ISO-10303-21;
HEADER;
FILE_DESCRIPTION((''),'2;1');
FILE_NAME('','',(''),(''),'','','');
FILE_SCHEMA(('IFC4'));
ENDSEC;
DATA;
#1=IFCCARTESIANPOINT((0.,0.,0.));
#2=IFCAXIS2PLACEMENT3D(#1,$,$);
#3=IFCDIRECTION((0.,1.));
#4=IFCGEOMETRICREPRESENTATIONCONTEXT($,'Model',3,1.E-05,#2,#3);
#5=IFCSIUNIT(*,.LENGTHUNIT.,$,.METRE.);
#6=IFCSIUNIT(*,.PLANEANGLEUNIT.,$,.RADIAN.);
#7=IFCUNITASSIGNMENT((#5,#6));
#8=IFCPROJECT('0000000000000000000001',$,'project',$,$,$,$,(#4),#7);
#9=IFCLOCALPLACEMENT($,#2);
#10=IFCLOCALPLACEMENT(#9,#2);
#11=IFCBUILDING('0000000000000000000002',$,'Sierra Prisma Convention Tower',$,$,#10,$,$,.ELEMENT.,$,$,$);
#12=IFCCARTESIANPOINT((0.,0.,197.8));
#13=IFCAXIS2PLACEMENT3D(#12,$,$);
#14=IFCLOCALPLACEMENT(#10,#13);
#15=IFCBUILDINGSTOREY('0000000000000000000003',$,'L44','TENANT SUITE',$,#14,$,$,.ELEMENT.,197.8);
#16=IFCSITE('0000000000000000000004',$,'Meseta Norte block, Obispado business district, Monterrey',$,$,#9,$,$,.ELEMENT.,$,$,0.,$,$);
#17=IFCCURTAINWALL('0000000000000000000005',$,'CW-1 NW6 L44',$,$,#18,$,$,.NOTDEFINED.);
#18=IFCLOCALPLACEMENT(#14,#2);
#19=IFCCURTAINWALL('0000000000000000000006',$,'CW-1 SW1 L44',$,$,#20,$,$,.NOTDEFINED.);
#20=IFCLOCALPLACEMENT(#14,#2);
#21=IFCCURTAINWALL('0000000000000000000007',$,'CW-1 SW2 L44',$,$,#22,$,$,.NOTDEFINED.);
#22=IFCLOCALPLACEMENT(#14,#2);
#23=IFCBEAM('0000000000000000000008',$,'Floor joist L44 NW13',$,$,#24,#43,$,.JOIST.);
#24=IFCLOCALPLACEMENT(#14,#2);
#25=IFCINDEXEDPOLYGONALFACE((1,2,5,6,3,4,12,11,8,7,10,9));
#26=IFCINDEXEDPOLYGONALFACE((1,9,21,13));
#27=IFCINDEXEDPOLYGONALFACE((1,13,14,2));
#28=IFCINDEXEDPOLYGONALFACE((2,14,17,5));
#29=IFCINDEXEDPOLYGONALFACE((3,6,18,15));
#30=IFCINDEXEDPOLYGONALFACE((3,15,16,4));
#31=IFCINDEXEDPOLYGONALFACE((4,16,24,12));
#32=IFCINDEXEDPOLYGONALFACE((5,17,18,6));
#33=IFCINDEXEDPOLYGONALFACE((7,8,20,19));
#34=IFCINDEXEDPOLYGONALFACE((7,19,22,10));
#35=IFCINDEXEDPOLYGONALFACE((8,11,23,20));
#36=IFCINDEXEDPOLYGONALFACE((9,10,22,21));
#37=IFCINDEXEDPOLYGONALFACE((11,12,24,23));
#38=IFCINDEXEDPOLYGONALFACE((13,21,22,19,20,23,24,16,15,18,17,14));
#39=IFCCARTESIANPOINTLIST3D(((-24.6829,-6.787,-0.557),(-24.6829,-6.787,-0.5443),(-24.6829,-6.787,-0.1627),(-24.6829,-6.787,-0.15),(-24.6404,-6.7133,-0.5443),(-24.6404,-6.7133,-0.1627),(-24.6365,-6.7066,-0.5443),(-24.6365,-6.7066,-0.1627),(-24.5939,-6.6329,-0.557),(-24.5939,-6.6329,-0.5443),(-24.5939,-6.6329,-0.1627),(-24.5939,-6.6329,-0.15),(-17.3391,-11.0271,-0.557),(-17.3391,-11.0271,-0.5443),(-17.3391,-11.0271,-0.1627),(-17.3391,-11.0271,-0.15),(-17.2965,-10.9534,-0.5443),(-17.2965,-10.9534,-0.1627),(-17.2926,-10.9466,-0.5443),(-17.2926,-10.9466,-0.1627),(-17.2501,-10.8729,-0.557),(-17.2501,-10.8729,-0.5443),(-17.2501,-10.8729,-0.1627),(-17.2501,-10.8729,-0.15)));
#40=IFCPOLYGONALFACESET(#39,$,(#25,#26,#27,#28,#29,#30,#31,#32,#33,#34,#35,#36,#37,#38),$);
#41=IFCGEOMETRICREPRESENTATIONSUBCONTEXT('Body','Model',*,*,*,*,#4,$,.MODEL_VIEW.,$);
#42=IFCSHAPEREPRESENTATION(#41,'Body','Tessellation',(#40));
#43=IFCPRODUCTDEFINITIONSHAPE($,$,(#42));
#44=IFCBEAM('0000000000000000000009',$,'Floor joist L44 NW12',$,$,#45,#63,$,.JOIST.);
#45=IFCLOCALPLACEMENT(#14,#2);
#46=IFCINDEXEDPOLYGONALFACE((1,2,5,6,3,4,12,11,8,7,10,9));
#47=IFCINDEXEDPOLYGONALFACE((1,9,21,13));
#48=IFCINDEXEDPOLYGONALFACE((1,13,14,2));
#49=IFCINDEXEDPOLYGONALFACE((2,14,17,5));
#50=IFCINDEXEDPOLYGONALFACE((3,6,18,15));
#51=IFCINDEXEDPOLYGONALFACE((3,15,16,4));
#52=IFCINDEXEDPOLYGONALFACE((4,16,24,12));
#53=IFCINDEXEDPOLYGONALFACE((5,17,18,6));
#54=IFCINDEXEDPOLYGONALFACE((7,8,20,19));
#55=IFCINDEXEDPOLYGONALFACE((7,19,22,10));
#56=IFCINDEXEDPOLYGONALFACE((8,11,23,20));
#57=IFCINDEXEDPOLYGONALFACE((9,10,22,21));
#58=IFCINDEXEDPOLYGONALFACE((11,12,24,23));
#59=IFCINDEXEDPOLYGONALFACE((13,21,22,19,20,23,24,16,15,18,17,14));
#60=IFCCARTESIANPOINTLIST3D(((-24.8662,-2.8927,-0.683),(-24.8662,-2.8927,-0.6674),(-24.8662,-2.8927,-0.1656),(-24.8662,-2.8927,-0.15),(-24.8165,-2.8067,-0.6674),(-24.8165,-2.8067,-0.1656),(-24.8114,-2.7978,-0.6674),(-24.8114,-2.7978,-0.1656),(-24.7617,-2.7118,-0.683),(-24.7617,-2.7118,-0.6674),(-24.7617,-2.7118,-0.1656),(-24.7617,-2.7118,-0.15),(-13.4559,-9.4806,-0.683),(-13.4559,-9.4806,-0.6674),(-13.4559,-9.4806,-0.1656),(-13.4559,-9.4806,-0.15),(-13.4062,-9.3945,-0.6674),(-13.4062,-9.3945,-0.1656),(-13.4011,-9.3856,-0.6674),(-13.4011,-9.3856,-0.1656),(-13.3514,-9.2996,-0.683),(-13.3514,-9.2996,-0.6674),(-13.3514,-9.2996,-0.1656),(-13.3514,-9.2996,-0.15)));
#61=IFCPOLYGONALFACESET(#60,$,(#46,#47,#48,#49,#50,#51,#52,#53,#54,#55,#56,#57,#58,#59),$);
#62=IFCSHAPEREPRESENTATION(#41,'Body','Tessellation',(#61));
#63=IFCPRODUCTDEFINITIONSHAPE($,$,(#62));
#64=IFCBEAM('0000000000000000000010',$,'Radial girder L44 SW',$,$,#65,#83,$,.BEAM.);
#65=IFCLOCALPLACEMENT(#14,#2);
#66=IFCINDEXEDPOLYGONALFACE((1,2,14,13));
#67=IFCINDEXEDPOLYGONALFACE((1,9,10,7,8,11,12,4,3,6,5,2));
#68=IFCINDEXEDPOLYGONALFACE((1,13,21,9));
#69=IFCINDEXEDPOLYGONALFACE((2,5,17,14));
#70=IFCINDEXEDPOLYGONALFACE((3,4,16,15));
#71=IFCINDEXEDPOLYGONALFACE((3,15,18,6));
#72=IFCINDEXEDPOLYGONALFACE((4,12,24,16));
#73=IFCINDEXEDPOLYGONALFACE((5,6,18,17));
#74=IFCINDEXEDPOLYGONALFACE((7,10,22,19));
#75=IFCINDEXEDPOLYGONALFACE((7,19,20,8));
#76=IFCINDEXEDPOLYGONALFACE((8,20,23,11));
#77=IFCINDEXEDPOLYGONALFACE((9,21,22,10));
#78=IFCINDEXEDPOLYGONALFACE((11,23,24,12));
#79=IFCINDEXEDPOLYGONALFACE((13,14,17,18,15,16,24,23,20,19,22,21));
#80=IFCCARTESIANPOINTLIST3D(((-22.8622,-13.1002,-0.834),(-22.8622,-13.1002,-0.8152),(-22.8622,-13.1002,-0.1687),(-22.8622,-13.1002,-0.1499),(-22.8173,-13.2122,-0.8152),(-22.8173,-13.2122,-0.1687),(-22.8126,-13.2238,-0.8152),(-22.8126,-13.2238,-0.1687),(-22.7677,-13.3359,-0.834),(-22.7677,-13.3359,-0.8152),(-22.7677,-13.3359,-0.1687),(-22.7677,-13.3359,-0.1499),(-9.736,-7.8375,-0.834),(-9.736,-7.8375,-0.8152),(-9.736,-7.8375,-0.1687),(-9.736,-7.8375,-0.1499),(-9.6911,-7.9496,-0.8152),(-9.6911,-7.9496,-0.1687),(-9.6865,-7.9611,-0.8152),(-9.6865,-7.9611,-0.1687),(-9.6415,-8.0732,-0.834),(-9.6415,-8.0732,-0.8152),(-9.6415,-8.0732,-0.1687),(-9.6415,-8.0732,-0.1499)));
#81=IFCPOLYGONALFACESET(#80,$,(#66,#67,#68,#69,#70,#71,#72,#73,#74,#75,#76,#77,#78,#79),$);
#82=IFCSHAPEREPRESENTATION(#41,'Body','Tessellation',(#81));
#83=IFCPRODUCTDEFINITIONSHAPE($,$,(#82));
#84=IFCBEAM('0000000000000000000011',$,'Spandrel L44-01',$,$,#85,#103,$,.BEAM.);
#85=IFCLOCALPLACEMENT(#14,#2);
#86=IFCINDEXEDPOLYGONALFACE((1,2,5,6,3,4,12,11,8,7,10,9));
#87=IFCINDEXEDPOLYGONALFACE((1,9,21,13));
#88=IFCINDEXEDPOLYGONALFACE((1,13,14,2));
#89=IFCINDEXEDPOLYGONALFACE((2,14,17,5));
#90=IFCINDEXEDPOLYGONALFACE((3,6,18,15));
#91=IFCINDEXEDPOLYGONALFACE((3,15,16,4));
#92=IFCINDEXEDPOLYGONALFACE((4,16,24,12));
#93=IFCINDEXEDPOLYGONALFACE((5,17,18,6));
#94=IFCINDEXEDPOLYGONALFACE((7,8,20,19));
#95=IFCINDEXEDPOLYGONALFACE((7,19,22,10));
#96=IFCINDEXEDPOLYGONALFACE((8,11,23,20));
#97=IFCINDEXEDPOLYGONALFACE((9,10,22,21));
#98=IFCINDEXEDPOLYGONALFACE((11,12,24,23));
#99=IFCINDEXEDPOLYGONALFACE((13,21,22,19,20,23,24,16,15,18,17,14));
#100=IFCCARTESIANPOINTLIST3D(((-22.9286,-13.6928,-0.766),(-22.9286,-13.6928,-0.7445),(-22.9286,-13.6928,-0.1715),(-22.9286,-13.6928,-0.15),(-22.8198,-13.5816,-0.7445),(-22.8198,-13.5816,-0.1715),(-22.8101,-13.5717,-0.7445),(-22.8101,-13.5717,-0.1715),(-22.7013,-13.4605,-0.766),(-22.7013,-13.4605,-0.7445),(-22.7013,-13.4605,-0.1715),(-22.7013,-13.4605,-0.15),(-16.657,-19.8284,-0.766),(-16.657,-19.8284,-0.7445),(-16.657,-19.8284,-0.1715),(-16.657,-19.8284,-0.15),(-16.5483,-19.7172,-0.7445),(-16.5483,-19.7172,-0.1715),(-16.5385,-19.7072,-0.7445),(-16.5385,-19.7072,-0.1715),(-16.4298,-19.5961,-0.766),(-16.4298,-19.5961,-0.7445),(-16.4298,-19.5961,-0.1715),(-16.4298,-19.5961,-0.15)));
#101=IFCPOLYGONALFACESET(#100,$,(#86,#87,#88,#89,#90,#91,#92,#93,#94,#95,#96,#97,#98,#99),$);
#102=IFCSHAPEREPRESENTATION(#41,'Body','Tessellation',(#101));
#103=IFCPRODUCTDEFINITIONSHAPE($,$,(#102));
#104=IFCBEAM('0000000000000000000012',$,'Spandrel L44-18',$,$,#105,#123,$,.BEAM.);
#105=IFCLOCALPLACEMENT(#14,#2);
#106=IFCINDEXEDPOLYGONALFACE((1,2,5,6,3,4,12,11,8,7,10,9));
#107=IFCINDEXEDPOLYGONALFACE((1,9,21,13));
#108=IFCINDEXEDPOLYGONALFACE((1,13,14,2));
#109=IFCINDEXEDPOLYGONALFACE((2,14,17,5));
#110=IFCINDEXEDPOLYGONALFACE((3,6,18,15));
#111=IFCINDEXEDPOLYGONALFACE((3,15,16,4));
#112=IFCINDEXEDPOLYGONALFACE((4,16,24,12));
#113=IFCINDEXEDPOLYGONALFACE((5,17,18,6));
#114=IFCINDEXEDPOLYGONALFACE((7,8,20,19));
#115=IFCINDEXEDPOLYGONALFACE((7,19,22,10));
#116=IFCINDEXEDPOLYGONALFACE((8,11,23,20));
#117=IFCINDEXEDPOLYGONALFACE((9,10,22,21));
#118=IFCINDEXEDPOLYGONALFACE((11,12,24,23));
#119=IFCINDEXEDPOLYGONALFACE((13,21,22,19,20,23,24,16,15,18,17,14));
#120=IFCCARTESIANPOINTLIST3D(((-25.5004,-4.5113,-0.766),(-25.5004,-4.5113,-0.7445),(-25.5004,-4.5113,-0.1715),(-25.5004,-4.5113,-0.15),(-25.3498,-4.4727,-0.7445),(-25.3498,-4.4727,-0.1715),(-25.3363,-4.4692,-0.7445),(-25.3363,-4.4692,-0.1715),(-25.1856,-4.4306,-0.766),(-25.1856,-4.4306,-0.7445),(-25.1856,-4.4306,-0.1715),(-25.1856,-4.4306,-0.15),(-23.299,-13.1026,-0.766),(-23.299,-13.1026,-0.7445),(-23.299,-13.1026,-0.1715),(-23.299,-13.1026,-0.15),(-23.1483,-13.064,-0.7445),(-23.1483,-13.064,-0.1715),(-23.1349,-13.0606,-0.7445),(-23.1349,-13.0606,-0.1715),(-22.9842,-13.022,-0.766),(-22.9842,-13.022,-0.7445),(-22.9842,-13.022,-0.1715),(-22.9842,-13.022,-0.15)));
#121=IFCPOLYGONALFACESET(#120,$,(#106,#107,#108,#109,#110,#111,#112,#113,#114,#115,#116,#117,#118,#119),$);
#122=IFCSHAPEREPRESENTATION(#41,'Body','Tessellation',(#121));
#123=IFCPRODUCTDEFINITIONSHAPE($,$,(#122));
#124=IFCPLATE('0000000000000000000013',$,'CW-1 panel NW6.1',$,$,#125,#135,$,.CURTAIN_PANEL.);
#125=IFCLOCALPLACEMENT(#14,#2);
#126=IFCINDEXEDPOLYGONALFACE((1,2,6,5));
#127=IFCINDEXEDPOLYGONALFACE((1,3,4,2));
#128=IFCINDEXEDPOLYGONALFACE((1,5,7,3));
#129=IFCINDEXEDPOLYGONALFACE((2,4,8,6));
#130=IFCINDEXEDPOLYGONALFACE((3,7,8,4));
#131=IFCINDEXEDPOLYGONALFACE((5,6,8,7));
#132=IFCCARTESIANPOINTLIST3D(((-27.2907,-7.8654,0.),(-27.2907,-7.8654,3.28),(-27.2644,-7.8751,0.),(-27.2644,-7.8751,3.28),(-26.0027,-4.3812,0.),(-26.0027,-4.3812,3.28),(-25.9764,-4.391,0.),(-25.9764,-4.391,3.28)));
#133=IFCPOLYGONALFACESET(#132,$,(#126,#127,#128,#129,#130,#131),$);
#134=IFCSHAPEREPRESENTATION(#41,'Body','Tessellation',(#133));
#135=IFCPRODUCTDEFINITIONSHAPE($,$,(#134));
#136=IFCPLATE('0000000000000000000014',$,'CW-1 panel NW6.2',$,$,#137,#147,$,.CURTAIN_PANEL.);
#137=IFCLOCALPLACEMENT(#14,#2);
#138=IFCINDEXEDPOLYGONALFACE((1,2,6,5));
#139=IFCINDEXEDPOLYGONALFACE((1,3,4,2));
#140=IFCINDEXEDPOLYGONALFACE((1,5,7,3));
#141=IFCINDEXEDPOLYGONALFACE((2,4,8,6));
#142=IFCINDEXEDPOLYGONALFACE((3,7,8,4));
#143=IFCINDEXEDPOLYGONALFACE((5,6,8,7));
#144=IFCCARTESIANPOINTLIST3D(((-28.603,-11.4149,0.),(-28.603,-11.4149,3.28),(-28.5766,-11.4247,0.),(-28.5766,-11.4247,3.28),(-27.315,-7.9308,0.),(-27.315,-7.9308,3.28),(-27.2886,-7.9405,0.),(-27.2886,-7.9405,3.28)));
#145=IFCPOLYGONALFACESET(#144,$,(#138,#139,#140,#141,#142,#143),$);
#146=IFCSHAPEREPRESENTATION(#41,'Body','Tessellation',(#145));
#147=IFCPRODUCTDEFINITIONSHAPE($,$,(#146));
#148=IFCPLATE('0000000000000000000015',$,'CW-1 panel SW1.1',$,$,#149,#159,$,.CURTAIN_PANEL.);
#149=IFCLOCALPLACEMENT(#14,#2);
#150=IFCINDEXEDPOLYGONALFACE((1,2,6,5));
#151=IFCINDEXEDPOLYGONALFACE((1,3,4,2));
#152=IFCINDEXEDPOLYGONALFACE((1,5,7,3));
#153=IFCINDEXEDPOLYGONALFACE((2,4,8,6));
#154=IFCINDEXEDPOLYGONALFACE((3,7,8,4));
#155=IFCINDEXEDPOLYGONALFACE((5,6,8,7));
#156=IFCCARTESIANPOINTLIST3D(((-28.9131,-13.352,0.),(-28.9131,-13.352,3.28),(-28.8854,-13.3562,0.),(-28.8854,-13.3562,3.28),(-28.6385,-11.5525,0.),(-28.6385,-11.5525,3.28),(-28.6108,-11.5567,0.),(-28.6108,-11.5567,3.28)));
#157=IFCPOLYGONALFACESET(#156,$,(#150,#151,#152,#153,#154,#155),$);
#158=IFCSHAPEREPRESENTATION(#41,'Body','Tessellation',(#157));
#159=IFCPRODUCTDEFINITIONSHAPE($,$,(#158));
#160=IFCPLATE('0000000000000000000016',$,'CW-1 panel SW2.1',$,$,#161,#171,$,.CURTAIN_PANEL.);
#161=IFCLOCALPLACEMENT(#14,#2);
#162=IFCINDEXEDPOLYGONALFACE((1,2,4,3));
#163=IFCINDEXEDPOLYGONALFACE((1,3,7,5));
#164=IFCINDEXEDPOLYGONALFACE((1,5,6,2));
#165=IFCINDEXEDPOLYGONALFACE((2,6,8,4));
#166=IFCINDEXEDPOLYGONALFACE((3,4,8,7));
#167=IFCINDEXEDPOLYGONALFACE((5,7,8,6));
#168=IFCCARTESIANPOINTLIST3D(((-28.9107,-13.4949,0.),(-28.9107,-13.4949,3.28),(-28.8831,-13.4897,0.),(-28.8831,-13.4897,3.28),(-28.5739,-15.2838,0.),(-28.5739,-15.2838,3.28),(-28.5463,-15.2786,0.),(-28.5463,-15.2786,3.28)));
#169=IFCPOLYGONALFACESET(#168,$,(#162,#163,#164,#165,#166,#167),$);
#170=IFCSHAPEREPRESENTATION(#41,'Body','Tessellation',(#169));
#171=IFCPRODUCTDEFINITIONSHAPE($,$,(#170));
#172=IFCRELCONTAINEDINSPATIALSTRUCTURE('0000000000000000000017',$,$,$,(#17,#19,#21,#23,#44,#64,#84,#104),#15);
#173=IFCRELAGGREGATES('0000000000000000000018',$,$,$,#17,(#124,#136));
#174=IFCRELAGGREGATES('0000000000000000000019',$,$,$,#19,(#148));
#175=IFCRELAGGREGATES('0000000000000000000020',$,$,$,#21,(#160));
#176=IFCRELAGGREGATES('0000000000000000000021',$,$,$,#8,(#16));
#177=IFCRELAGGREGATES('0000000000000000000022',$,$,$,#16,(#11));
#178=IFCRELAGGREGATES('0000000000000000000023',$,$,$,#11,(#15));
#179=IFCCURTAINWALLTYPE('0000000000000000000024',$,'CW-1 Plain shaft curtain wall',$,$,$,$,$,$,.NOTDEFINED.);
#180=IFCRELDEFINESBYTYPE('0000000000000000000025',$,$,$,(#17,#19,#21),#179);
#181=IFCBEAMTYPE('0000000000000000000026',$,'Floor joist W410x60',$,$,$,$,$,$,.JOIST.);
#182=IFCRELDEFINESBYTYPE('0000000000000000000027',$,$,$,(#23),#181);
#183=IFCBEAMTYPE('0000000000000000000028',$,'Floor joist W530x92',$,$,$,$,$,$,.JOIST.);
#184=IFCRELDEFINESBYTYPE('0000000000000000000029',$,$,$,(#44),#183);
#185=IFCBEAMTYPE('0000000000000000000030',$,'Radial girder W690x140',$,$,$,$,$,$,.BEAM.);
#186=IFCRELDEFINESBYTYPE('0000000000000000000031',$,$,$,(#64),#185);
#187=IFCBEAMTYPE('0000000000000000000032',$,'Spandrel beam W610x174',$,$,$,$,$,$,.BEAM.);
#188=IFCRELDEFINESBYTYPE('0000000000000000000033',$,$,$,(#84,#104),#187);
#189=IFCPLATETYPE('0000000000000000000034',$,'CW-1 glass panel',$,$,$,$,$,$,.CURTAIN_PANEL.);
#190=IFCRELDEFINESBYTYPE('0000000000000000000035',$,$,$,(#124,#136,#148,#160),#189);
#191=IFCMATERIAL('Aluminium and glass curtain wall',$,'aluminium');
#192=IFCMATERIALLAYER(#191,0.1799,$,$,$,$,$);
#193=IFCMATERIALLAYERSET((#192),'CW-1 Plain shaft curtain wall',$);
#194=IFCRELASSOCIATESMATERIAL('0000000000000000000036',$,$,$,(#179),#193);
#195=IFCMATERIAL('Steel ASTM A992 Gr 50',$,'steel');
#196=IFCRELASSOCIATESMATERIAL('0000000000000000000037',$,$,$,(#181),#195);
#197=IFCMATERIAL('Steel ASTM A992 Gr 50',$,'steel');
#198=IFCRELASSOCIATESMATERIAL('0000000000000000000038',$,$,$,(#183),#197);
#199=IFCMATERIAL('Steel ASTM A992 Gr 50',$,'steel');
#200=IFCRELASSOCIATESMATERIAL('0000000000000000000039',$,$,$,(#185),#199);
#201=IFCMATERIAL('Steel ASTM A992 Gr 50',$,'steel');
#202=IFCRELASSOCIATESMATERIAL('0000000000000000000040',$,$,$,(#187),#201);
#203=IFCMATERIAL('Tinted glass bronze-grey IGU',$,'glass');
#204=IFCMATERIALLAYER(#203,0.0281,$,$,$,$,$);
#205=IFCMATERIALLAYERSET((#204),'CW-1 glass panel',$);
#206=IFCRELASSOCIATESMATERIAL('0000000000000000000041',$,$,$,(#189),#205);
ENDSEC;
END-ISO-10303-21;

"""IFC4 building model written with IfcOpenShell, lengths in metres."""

from ifc_helpers import new_model, si_unit, direction, frame, origin, origin_2d, place, context, subcontext, project, spatial, rectangle, i_section, extrude, material, layer, layer_set, material_profile, profile_set, type_object, element, aggregate, save


model = new_model("IFC4")

# Units and contexts
model_context = context("Model", 3, precision=1e-05, world=origin(), true_north=direction((0.0, 1.0)))
body_context = subcontext(model_context, "Body", "Model", "MODEL_VIEW")
ifc_project = project(units=[si_unit("LENGTHUNIT", "METRE"), si_unit("PLANEANGLEUNIT", "RADIAN")], contexts=[model_context])

# Site, building, storey
site_placement = place(None, origin())
site = spatial("IfcSite", under=ifc_project, at=site_placement, Name="Meseta Norte block, Obispado business district, Monterrey", CompositionType="ELEMENT", RefElevation=0.0)
building_placement = place(site_placement, origin())
building = spatial("IfcBuilding", under=site, at=building_placement, Name="Sierra Prisma Convention Tower", CompositionType="ELEMENT")
storey_placement = place(building_placement, frame((0.0, 0.0, 197.8)))
storey = spatial("IfcBuildingStorey", under=building, at=storey_placement, Name="L44", Description="TENANT SUITE", CompositionType="ELEMENT", Elevation=197.8)

# Curtain walls
ifc_material_1 = material(Name="Aluminium and glass curtain wall", Category="aluminium")
ifc_layer_1 = layer(ifc_material_1, 0.1799)
ifc_layer_set_1 = layer_set([ifc_layer_1], Name="CW-1 Plain shaft curtain wall")
curtain_wall_type = type_object("IfcCurtainWallType", Name="CW-1 Plain shaft curtain wall", PredefinedType="NOTDEFINED", material=ifc_layer_set_1)
curtain_wall_1_placement = place(storey_placement, origin())
curtain_wall_1 = element("IfcCurtainWall", 1, at=curtain_wall_1_placement, inside=storey, type_object=curtain_wall_type, Name="CW-1 NW6 L44", PredefinedType="NOTDEFINED")
curtain_wall_2_placement = place(storey_placement, origin())
curtain_wall_2 = element("IfcCurtainWall", 2, at=curtain_wall_2_placement, inside=storey, type_object=curtain_wall_type, Name="CW-1 SW1 L44", PredefinedType="NOTDEFINED")
curtain_wall_3_placement = place(storey_placement, origin())
curtain_wall_3 = element("IfcCurtainWall", 3, at=curtain_wall_3_placement, inside=storey, type_object=curtain_wall_type, Name="CW-1 SW2 L44", PredefinedType="NOTDEFINED")

# Beams
ifc_material_2 = material(Name="Steel ASTM A992 Gr 50", Category="steel")
ifc_material_profile_1 = material_profile(ifc_material_2, i_section(OverallWidth=0.178, OverallDepth=0.407, WebThickness=0.0078, FlangeThickness=0.0127, at=origin_2d()), Name="W410x60")
ifc_profile_set_1 = profile_set([ifc_material_profile_1], Name="Steel ASTM A992 Gr 50")
beam_type_1 = type_object("IfcBeamType", Name="Floor joist W410x60", PredefinedType="JOIST", material=ifc_profile_set_1)
beam_1_placement = place(storey_placement, frame((-24.6384, -6.71, -0.3535), z_axis=(0.866022, -0.500007, 0.0), x_axis=(0.500007, 0.866022, 0.0)))
element("IfcBeam", 4, at=beam_1_placement, inside=storey, type_object=beam_type_1, Name="Floor joist L44 NW13", PredefinedType="JOIST", context=body_context, shape_type="SweptSolid", body=[
    extrude(i_section(OverallWidth=0.178, OverallDepth=0.407, WebThickness=0.0078, FlangeThickness=0.0127, at=origin_2d()), origin(), (0.0, 0.0, 1.0), 8.48),
])
ifc_material_3 = material(Name="Steel ASTM A992 Gr 50", Category="steel")
ifc_material_profile_2 = material_profile(ifc_material_3, i_section(OverallWidth=0.209, OverallDepth=0.533, WebThickness=0.0103, FlangeThickness=0.0156, at=origin_2d()), Name="W530x92")
ifc_profile_set_2 = profile_set([ifc_material_profile_2], Name="Steel ASTM A992 Gr 50")
beam_type_2 = type_object("IfcBeamType", Name="Floor joist W530x92", PredefinedType="JOIST", material=ifc_profile_set_2)
beam_2_placement = place(storey_placement, frame((-24.814, -2.8022, -0.4165), z_axis=(0.866022, -0.500005, 0.0), x_axis=(0.500005, 0.866022, 0.0)))
element("IfcBeam", 5, at=beam_2_placement, inside=storey, type_object=beam_type_2, Name="Floor joist L44 NW12", PredefinedType="JOIST", context=body_context, shape_type="SweptSolid", body=[
    extrude(i_section(OverallWidth=0.209, OverallDepth=0.533, WebThickness=0.0103, FlangeThickness=0.0156, at=origin_2d()), origin(), (0.0, 0.0, 1.0), 13.1755),
])
ifc_material_4 = material(Name="Steel ASTM A992 Gr 50", Category="steel")
ifc_material_profile_3 = material_profile(ifc_material_4, i_section(OverallWidth=0.2539, OverallDepth=0.6841, WebThickness=0.0125, FlangeThickness=0.0188, at=origin_2d()), Name="W690x140")
ifc_profile_set_3 = profile_set([ifc_material_profile_3], Name="Steel ASTM A992 Gr 50")
beam_type_3 = type_object("IfcBeamType", Name="Radial girder W690x140", PredefinedType="BEAM", material=ifc_profile_set_3)
beam_3_placement = place(storey_placement, frame((-22.8149, -13.218, -0.4919), z_axis=(0.928179, 0.372135, 0.0), x_axis=(-0.372135, 0.928179, 0.0)))
element("IfcBeam", 6, at=beam_3_placement, inside=storey, type_object=beam_type_3, Name="Radial girder L44 SW", PredefinedType="BEAM", context=body_context, shape_type="SweptSolid", body=[
    extrude(i_section(OverallWidth=0.2539, OverallDepth=0.6841, WebThickness=0.0125, FlangeThickness=0.0188, at=origin_2d()), origin(), (0.0, 0.0, 1.0), 14.1418),
])
ifc_material_5 = material(Name="Steel ASTM A992 Gr 50", Category="steel")
ifc_material_profile_4 = material_profile(ifc_material_5, i_section(OverallWidth=0.325, OverallDepth=0.616, WebThickness=0.0139, FlangeThickness=0.0215, at=origin_2d()), Name="W610x174")
ifc_profile_set_4 = profile_set([ifc_material_profile_4], Name="Steel ASTM A992 Gr 50")
beam_type_4 = type_object("IfcBeamType", Name="Spandrel beam W610x174", PredefinedType="BEAM", material=ifc_profile_set_4)
beam_4_placement = place(storey_placement, frame((-22.8149, -13.5767, -0.458), z_axis=(0.714814, -0.699315, 0.0), x_axis=(0.699315, 0.714814, 0.0)))
element("IfcBeam", 7, at=beam_4_placement, inside=storey, type_object=beam_type_4, Name="Spandrel L44-01", PredefinedType="BEAM", context=body_context, shape_type="SweptSolid", body=[
    extrude(i_section(OverallWidth=0.325, OverallDepth=0.616, WebThickness=0.0139, FlangeThickness=0.0215, at=origin_2d()), origin(), (0.0, 0.0, 1.0), 8.7737),
])
beam_5_placement = place(storey_placement, frame((-25.343, -4.4709, -0.458), z_axis=(0.248218, -0.968704, 0.0), x_axis=(0.968704, 0.248218, 0.0)))
element("IfcBeam", 8, at=beam_5_placement, inside=storey, type_object=beam_type_4, Name="Spandrel L44-18", PredefinedType="BEAM", context=body_context, shape_type="SweptSolid", body=[
    extrude(i_section(OverallWidth=0.325, OverallDepth=0.616, WebThickness=0.0139, FlangeThickness=0.0215, at=origin_2d()), origin(), (0.0, 0.0, 1.0), 8.8689),
])

# Plates
ifc_material_6 = material(Name="Tinted glass bronze-grey IGU", Category="glass")
ifc_layer_2 = layer(ifc_material_6, 0.0281)
ifc_layer_set_2 = layer_set([ifc_layer_2], Name="CW-1 glass panel")
plate_type = type_object("IfcPlateType", Name="CW-1 glass panel", PredefinedType="CURTAIN_PANEL", material=ifc_layer_set_2)
plate_1_placement = place(storey_placement, frame((-26.6335, -6.1282, 0.0), z_axis=(0.0, 0.0, 1.0), x_axis=(-0.346748, -0.937958, 0.0)))
plate_1 = element("IfcPlate", 9, at=plate_1_placement, type_object=plate_type, Name="CW-1 panel NW6.1", PredefinedType="CURTAIN_PANEL", context=body_context, shape_type="SweptSolid", body=[
    extrude(rectangle(XDim=3.7146, YDim=0.0281, at=origin_2d()), origin(), (0.0, 0.0, 1.0), 3.28),
])
plate_2_placement = place(storey_placement, frame((-27.9458, -9.6777, 0.0), z_axis=(0.0, 0.0, 1.0), x_axis=(-0.346748, -0.937958, 0.0)))
plate_2 = element("IfcPlate", 10, at=plate_2_placement, type_object=plate_type, Name="CW-1 panel NW6.2", PredefinedType="CURTAIN_PANEL", context=body_context, shape_type="SweptSolid", body=[
    extrude(rectangle(XDim=3.7146, YDim=0.0281, at=origin_2d()), origin(), (0.0, 0.0, 1.0), 3.28),
])
aggregate(curtain_wall_1, [plate_1, plate_2])
plate_3_placement = place(storey_placement, frame((-28.762, -12.4543, 0.0), z_axis=(0.0, 0.0, 1.0), x_axis=(-0.150864, -0.988555, 0.0)))
plate_3 = element("IfcPlate", 11, at=plate_3_placement, type_object=plate_type, Name="CW-1 panel SW1.1", PredefinedType="CURTAIN_PANEL", context=body_context, shape_type="SweptSolid", body=[
    extrude(rectangle(XDim=1.8203, YDim=0.0281, at=origin_2d()), origin(), (0.0, 0.0, 1.0), 3.28),
])
aggregate(curtain_wall_2, [plate_3])
plate_4_placement = place(storey_placement, frame((-28.7285, -14.3867, 0.0), z_axis=(0.0, 0.0, 1.0), x_axis=(0.185007, -0.982737, 0.0)))
plate_4 = element("IfcPlate", 12, at=plate_4_placement, type_object=plate_type, Name="CW-1 panel SW2.1", PredefinedType="CURTAIN_PANEL", context=body_context, shape_type="SweptSolid", body=[
    extrude(rectangle(XDim=1.8203, YDim=0.0281, at=origin_2d()), origin(), (0.0, 0.0, 1.0), 3.28),
])
aggregate(curtain_wall_3, [plate_4])

save(model, "model.ifc")
